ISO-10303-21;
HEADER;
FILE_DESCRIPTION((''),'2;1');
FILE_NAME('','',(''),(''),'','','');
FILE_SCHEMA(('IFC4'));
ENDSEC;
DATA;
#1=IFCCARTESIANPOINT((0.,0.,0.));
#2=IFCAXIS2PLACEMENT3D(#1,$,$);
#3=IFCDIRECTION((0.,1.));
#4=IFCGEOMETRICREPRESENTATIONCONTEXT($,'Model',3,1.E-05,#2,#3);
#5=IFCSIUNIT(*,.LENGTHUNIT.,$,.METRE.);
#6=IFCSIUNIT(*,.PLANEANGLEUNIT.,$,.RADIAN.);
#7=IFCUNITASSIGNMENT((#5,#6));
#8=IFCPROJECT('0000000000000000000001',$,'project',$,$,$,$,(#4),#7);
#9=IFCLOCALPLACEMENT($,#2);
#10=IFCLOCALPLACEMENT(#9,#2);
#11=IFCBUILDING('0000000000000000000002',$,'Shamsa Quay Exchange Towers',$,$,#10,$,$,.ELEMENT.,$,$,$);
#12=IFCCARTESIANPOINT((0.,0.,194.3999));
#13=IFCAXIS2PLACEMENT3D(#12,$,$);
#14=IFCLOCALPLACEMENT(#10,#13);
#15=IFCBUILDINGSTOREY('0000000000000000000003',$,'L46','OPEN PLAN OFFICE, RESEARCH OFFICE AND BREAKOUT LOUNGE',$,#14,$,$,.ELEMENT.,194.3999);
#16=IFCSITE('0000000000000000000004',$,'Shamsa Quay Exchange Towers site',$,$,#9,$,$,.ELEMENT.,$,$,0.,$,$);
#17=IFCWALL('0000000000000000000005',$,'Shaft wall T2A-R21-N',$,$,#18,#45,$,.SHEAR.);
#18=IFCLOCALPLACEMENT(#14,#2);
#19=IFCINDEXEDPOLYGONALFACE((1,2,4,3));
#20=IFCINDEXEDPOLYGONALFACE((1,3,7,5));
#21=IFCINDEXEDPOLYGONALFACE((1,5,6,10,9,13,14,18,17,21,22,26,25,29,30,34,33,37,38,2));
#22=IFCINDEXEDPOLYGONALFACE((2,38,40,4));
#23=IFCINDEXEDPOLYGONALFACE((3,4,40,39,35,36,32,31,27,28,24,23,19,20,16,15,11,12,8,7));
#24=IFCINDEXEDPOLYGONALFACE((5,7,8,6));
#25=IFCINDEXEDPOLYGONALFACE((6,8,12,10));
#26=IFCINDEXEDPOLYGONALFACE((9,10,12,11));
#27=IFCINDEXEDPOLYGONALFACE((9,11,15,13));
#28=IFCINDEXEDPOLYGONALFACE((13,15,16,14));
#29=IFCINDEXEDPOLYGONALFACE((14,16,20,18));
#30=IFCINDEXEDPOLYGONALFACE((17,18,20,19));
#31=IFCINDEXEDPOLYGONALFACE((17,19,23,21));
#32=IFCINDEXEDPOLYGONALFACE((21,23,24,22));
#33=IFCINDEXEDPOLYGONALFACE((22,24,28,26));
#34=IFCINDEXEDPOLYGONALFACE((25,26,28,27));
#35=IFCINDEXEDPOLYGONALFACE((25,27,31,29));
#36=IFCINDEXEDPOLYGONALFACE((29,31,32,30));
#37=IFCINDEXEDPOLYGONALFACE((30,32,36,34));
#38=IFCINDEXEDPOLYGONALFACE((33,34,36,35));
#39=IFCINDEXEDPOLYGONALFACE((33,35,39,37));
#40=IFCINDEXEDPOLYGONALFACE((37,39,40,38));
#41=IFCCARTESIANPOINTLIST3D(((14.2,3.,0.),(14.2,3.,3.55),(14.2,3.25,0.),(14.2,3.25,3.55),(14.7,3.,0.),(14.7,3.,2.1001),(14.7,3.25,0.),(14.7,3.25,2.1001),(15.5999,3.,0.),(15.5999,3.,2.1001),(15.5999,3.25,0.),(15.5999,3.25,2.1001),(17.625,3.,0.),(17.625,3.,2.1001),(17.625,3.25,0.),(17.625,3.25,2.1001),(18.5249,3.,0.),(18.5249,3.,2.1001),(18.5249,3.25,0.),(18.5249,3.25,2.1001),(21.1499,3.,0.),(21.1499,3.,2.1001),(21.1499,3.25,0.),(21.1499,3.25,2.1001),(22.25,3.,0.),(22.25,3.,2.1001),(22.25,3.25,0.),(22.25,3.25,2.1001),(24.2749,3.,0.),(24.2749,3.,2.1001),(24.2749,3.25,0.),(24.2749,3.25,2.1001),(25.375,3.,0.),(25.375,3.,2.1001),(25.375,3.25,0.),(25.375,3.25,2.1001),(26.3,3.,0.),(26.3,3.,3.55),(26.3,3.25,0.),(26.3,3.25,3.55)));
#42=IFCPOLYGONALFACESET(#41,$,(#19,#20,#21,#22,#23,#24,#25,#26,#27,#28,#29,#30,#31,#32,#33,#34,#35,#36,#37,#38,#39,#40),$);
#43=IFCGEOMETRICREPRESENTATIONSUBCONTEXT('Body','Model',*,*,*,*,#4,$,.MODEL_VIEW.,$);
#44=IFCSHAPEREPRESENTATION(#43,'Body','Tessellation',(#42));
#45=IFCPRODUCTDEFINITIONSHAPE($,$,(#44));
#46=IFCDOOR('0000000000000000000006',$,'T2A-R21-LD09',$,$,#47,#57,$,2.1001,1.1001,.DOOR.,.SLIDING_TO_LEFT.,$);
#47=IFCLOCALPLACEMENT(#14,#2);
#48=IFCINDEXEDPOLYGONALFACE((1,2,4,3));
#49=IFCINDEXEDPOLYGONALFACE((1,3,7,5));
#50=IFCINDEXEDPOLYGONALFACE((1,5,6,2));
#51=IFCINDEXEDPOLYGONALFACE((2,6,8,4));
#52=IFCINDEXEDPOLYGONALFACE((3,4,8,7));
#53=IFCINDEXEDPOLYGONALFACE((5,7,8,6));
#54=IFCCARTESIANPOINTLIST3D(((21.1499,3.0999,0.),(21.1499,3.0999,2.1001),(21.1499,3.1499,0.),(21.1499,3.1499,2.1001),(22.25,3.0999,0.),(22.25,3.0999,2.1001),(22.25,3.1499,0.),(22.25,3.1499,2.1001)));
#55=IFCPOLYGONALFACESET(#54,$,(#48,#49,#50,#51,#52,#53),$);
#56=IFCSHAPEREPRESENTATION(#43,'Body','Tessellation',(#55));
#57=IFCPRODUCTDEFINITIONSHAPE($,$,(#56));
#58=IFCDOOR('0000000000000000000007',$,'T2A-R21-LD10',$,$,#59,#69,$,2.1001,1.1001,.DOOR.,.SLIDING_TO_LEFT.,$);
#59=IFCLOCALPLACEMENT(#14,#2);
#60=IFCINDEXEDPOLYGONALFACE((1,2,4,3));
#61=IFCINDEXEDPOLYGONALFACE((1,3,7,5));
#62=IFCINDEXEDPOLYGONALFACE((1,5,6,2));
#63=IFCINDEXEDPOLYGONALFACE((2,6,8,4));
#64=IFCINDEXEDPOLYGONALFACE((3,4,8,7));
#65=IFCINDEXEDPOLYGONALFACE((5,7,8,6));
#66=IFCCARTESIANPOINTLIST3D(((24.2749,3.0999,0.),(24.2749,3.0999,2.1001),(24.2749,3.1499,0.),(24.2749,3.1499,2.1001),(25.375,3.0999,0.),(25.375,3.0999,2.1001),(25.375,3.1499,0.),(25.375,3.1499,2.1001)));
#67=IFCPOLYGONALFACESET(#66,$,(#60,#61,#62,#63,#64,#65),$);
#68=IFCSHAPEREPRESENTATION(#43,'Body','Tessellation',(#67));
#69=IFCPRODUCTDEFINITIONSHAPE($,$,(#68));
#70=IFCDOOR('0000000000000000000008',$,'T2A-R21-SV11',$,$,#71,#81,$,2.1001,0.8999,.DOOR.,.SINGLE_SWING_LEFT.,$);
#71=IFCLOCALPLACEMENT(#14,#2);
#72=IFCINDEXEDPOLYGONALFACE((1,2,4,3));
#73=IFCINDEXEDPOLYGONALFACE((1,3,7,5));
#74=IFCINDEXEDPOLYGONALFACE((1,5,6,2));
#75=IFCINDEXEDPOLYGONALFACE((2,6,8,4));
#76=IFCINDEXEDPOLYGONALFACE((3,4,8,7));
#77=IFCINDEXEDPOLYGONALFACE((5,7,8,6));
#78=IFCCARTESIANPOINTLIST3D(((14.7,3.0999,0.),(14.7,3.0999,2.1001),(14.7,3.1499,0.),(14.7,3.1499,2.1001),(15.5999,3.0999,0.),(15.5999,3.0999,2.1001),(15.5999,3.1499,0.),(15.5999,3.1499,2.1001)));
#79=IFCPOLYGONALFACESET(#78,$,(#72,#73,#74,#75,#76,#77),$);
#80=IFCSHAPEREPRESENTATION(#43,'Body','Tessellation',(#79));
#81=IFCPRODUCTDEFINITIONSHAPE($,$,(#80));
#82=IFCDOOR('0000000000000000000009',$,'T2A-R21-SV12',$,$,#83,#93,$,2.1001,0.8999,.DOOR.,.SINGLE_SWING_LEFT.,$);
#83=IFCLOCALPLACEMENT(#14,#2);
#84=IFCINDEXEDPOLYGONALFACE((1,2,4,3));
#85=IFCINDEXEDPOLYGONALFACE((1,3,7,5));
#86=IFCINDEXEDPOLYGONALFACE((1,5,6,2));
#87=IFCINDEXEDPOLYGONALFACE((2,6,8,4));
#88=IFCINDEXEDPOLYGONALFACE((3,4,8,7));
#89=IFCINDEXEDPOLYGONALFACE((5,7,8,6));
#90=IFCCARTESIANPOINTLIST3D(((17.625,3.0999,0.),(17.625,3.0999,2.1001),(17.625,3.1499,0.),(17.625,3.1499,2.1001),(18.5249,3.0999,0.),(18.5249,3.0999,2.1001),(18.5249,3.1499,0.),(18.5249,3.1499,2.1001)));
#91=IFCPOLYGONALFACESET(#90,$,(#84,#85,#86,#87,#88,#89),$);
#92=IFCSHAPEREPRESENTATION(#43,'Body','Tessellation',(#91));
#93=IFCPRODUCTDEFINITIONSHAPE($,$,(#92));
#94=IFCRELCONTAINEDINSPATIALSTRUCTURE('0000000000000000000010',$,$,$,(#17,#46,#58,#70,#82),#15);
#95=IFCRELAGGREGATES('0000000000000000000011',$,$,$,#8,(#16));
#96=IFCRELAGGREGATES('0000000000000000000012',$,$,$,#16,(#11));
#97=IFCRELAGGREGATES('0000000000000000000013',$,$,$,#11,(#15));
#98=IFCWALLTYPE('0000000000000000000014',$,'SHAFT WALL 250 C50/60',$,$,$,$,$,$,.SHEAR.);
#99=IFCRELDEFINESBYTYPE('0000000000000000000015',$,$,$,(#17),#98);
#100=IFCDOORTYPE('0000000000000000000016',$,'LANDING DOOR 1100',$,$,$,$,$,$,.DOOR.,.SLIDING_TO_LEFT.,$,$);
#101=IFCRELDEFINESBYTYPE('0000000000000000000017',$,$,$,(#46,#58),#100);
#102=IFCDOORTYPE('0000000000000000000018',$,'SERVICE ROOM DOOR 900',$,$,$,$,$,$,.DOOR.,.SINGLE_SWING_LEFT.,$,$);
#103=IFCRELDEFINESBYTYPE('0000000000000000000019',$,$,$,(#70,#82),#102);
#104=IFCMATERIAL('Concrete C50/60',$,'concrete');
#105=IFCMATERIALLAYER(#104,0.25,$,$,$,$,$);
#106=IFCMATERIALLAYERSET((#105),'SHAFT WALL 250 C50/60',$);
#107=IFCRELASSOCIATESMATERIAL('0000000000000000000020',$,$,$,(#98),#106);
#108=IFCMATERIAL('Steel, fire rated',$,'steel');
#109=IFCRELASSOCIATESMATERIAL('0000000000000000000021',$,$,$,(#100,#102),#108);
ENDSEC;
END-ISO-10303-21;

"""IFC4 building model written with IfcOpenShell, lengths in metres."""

from ifc_helpers import new_model, si_unit, direction, frame, frame_2d, origin, place, context, subcontext, project, spatial, rectangle, extrude, material, layer, layer_set, type_object, element, fill, save


model = new_model("IFC4")

# Units and contexts
model_context = context("Model", 3, precision=1e-05, world=origin(), true_north=direction((0.0, 1.0)))
body_context = subcontext(model_context, "Body", "Model", "MODEL_VIEW")
ifc_project = project(units=[si_unit("LENGTHUNIT", "METRE"), si_unit("PLANEANGLEUNIT", "RADIAN")], contexts=[model_context])

# Site, building, storey
site_placement = place(None, origin())
site = spatial("IfcSite", under=ifc_project, at=site_placement, Name="Shamsa Quay Exchange Towers site", CompositionType="ELEMENT", RefElevation=0.0)
building_placement = place(site_placement, origin())
building = spatial("IfcBuilding", under=site, at=building_placement, Name="Shamsa Quay Exchange Towers", CompositionType="ELEMENT")
storey_placement = place(building_placement, frame((0.0, 0.0, 194.3999)))
storey = spatial("IfcBuildingStorey", under=building, at=storey_placement, Name="L46", Description="OPEN PLAN OFFICE, RESEARCH OFFICE AND BREAKOUT LOUNGE", CompositionType="ELEMENT", Elevation=194.3999)

# Shared definitions
ifc_material_1 = material(Name="Concrete C50/60", Category="concrete")

# Shared definitions
ifc_material_2 = material(Name="Steel, fire rated", Category="steel")

# Wall, openings, doors
ifc_layer_1 = layer(ifc_material_1, 0.25)
ifc_layer_set_1 = layer_set([ifc_layer_1], Name="SHAFT WALL 250 C50/60")
wall_type_1 = type_object("IfcWallType", Name="SHAFT WALL 250 C50/60", PredefinedType="SHEAR", material=ifc_layer_set_1)
wall_1_placement = place(storey_placement, frame((14.2, 3.125, 0.0)))
wall_1 = element("IfcWall", 1, at=wall_1_placement, inside=storey, type_object=wall_type_1, Name="Shaft wall T2A-R21-N", PredefinedType="SHEAR", context=body_context, shape_type="SweptSolid", body=[
    extrude(rectangle(XDim=12.1001, YDim=0.25, at=frame_2d((6.05, 0.0))), origin(), (0.0, 0.0, 1.0), 3.55),
])
opening_1_placement = place(wall_1_placement, frame((6.95, 0.0, 0.0)))
opening_1 = element("IfcOpeningElement", 2, at=opening_1_placement, cuts=wall_1, PredefinedType="OPENING", context=body_context, shape_type="SweptSolid", body=[
    extrude(rectangle(XDim=1.1001, YDim=2.1001, at=frame_2d((0.55, 1.05))), frame((0.0, 0.135, 0.0), z_axis=(0.0, -1.0, 0.0), x_axis=(1.0, 0.0, 0.0)), (0.0, 0.0, 1.0), 0.27),
])
opening_2_placement = place(wall_1_placement, frame((10.075, 0.0, 0.0)))
opening_2 = element("IfcOpeningElement", 3, at=opening_2_placement, cuts=wall_1, PredefinedType="OPENING", context=body_context, shape_type="SweptSolid", body=[
    extrude(rectangle(XDim=1.1001, YDim=2.1001, at=frame_2d((0.55, 1.05))), frame((0.0, 0.135, 0.0), z_axis=(0.0, -1.0, 0.0), x_axis=(1.0, 0.0, 0.0)), (0.0, 0.0, 1.0), 0.27),
])
opening_3_placement = place(wall_1_placement, frame((0.5, 0.0, 0.0)))
opening_3 = element("IfcOpeningElement", 4, at=opening_3_placement, cuts=wall_1, PredefinedType="OPENING", context=body_context, shape_type="SweptSolid", body=[
    extrude(rectangle(XDim=0.8999, YDim=2.1001, at=frame_2d((0.45, 1.05))), frame((0.0, 0.135, 0.0), z_axis=(0.0, -1.0, 0.0), x_axis=(1.0, 0.0, 0.0)), (0.0, 0.0, 1.0), 0.27),
])
opening_4_placement = place(wall_1_placement, frame((3.425, 0.0, 0.0)))
opening_4 = element("IfcOpeningElement", 5, at=opening_4_placement, cuts=wall_1, PredefinedType="OPENING", context=body_context, shape_type="SweptSolid", body=[
    extrude(rectangle(XDim=0.8999, YDim=2.1001, at=frame_2d((0.45, 1.05))), frame((0.0, 0.135, 0.0), z_axis=(0.0, -1.0, 0.0), x_axis=(1.0, 0.0, 0.0)), (0.0, 0.0, 1.0), 0.27),
])
door_type_1 = type_object("IfcDoorType", Name="LANDING DOOR 1100", OperationType="SLIDING_TO_LEFT", PredefinedType="DOOR", material=ifc_material_2)
door_1_placement = place(opening_1_placement, origin())
door_1 = element("IfcDoor", 6, at=door_1_placement, inside=storey, type_object=door_type_1, Name="T2A-R21-LD09", OperationType="SLIDING_TO_LEFT", OverallHeight=2.1001, OverallWidth=1.1001, PredefinedType="DOOR", context=body_context, shape_type="SweptSolid", body=[
    extrude(rectangle(XDim=1.1001, YDim=2.1001, at=frame_2d((0.55, 1.05))), frame((0.0, 0.0249, 0.0), z_axis=(0.0, -1.0, 0.0), x_axis=(1.0, 0.0, 0.0)), (0.0, 0.0, 1.0), 0.05),
])
fill(opening_1, door_1)
door_2_placement = place(opening_2_placement, origin())
door_2 = element("IfcDoor", 7, at=door_2_placement, inside=storey, type_object=door_type_1, Name="T2A-R21-LD10", OperationType="SLIDING_TO_LEFT", OverallHeight=2.1001, OverallWidth=1.1001, PredefinedType="DOOR", context=body_context, shape_type="SweptSolid", body=[
    extrude(rectangle(XDim=1.1001, YDim=2.1001, at=frame_2d((0.55, 1.05))), frame((0.0, 0.0249, 0.0), z_axis=(0.0, -1.0, 0.0), x_axis=(1.0, 0.0, 0.0)), (0.0, 0.0, 1.0), 0.05),
])
fill(opening_2, door_2)
door_type_2 = type_object("IfcDoorType", Name="SERVICE ROOM DOOR 900", OperationType="SINGLE_SWING_LEFT", PredefinedType="DOOR", material=ifc_material_2)
door_3_placement = place(opening_3_placement, origin())
door_3 = element("IfcDoor", 8, at=door_3_placement, inside=storey, type_object=door_type_2, Name="T2A-R21-SV11", OperationType="SINGLE_SWING_LEFT", OverallHeight=2.1001, OverallWidth=0.8999, PredefinedType="DOOR", context=body_context, shape_type="SweptSolid", body=[
    extrude(rectangle(XDim=0.8999, YDim=2.1001, at=frame_2d((0.45, 1.05))), frame((0.0, 0.0249, 0.0), z_axis=(0.0, -1.0, 0.0), x_axis=(1.0, 0.0, 0.0)), (0.0, 0.0, 1.0), 0.05),
])
fill(opening_3, door_3)
door_4_placement = place(opening_4_placement, origin())
door_4 = element("IfcDoor", 9, at=door_4_placement, inside=storey, type_object=door_type_2, Name="T2A-R21-SV12", OperationType="SINGLE_SWING_LEFT", OverallHeight=2.1001, OverallWidth=0.8999, PredefinedType="DOOR", context=body_context, shape_type="SweptSolid", body=[
    extrude(rectangle(XDim=0.8999, YDim=2.1001, at=frame_2d((0.45, 1.05))), frame((0.0, 0.0249, 0.0), z_axis=(0.0, -1.0, 0.0), x_axis=(1.0, 0.0, 0.0)), (0.0, 0.0, 1.0), 0.05),
])
fill(opening_4, door_4)

save(model, "model.ifc")
